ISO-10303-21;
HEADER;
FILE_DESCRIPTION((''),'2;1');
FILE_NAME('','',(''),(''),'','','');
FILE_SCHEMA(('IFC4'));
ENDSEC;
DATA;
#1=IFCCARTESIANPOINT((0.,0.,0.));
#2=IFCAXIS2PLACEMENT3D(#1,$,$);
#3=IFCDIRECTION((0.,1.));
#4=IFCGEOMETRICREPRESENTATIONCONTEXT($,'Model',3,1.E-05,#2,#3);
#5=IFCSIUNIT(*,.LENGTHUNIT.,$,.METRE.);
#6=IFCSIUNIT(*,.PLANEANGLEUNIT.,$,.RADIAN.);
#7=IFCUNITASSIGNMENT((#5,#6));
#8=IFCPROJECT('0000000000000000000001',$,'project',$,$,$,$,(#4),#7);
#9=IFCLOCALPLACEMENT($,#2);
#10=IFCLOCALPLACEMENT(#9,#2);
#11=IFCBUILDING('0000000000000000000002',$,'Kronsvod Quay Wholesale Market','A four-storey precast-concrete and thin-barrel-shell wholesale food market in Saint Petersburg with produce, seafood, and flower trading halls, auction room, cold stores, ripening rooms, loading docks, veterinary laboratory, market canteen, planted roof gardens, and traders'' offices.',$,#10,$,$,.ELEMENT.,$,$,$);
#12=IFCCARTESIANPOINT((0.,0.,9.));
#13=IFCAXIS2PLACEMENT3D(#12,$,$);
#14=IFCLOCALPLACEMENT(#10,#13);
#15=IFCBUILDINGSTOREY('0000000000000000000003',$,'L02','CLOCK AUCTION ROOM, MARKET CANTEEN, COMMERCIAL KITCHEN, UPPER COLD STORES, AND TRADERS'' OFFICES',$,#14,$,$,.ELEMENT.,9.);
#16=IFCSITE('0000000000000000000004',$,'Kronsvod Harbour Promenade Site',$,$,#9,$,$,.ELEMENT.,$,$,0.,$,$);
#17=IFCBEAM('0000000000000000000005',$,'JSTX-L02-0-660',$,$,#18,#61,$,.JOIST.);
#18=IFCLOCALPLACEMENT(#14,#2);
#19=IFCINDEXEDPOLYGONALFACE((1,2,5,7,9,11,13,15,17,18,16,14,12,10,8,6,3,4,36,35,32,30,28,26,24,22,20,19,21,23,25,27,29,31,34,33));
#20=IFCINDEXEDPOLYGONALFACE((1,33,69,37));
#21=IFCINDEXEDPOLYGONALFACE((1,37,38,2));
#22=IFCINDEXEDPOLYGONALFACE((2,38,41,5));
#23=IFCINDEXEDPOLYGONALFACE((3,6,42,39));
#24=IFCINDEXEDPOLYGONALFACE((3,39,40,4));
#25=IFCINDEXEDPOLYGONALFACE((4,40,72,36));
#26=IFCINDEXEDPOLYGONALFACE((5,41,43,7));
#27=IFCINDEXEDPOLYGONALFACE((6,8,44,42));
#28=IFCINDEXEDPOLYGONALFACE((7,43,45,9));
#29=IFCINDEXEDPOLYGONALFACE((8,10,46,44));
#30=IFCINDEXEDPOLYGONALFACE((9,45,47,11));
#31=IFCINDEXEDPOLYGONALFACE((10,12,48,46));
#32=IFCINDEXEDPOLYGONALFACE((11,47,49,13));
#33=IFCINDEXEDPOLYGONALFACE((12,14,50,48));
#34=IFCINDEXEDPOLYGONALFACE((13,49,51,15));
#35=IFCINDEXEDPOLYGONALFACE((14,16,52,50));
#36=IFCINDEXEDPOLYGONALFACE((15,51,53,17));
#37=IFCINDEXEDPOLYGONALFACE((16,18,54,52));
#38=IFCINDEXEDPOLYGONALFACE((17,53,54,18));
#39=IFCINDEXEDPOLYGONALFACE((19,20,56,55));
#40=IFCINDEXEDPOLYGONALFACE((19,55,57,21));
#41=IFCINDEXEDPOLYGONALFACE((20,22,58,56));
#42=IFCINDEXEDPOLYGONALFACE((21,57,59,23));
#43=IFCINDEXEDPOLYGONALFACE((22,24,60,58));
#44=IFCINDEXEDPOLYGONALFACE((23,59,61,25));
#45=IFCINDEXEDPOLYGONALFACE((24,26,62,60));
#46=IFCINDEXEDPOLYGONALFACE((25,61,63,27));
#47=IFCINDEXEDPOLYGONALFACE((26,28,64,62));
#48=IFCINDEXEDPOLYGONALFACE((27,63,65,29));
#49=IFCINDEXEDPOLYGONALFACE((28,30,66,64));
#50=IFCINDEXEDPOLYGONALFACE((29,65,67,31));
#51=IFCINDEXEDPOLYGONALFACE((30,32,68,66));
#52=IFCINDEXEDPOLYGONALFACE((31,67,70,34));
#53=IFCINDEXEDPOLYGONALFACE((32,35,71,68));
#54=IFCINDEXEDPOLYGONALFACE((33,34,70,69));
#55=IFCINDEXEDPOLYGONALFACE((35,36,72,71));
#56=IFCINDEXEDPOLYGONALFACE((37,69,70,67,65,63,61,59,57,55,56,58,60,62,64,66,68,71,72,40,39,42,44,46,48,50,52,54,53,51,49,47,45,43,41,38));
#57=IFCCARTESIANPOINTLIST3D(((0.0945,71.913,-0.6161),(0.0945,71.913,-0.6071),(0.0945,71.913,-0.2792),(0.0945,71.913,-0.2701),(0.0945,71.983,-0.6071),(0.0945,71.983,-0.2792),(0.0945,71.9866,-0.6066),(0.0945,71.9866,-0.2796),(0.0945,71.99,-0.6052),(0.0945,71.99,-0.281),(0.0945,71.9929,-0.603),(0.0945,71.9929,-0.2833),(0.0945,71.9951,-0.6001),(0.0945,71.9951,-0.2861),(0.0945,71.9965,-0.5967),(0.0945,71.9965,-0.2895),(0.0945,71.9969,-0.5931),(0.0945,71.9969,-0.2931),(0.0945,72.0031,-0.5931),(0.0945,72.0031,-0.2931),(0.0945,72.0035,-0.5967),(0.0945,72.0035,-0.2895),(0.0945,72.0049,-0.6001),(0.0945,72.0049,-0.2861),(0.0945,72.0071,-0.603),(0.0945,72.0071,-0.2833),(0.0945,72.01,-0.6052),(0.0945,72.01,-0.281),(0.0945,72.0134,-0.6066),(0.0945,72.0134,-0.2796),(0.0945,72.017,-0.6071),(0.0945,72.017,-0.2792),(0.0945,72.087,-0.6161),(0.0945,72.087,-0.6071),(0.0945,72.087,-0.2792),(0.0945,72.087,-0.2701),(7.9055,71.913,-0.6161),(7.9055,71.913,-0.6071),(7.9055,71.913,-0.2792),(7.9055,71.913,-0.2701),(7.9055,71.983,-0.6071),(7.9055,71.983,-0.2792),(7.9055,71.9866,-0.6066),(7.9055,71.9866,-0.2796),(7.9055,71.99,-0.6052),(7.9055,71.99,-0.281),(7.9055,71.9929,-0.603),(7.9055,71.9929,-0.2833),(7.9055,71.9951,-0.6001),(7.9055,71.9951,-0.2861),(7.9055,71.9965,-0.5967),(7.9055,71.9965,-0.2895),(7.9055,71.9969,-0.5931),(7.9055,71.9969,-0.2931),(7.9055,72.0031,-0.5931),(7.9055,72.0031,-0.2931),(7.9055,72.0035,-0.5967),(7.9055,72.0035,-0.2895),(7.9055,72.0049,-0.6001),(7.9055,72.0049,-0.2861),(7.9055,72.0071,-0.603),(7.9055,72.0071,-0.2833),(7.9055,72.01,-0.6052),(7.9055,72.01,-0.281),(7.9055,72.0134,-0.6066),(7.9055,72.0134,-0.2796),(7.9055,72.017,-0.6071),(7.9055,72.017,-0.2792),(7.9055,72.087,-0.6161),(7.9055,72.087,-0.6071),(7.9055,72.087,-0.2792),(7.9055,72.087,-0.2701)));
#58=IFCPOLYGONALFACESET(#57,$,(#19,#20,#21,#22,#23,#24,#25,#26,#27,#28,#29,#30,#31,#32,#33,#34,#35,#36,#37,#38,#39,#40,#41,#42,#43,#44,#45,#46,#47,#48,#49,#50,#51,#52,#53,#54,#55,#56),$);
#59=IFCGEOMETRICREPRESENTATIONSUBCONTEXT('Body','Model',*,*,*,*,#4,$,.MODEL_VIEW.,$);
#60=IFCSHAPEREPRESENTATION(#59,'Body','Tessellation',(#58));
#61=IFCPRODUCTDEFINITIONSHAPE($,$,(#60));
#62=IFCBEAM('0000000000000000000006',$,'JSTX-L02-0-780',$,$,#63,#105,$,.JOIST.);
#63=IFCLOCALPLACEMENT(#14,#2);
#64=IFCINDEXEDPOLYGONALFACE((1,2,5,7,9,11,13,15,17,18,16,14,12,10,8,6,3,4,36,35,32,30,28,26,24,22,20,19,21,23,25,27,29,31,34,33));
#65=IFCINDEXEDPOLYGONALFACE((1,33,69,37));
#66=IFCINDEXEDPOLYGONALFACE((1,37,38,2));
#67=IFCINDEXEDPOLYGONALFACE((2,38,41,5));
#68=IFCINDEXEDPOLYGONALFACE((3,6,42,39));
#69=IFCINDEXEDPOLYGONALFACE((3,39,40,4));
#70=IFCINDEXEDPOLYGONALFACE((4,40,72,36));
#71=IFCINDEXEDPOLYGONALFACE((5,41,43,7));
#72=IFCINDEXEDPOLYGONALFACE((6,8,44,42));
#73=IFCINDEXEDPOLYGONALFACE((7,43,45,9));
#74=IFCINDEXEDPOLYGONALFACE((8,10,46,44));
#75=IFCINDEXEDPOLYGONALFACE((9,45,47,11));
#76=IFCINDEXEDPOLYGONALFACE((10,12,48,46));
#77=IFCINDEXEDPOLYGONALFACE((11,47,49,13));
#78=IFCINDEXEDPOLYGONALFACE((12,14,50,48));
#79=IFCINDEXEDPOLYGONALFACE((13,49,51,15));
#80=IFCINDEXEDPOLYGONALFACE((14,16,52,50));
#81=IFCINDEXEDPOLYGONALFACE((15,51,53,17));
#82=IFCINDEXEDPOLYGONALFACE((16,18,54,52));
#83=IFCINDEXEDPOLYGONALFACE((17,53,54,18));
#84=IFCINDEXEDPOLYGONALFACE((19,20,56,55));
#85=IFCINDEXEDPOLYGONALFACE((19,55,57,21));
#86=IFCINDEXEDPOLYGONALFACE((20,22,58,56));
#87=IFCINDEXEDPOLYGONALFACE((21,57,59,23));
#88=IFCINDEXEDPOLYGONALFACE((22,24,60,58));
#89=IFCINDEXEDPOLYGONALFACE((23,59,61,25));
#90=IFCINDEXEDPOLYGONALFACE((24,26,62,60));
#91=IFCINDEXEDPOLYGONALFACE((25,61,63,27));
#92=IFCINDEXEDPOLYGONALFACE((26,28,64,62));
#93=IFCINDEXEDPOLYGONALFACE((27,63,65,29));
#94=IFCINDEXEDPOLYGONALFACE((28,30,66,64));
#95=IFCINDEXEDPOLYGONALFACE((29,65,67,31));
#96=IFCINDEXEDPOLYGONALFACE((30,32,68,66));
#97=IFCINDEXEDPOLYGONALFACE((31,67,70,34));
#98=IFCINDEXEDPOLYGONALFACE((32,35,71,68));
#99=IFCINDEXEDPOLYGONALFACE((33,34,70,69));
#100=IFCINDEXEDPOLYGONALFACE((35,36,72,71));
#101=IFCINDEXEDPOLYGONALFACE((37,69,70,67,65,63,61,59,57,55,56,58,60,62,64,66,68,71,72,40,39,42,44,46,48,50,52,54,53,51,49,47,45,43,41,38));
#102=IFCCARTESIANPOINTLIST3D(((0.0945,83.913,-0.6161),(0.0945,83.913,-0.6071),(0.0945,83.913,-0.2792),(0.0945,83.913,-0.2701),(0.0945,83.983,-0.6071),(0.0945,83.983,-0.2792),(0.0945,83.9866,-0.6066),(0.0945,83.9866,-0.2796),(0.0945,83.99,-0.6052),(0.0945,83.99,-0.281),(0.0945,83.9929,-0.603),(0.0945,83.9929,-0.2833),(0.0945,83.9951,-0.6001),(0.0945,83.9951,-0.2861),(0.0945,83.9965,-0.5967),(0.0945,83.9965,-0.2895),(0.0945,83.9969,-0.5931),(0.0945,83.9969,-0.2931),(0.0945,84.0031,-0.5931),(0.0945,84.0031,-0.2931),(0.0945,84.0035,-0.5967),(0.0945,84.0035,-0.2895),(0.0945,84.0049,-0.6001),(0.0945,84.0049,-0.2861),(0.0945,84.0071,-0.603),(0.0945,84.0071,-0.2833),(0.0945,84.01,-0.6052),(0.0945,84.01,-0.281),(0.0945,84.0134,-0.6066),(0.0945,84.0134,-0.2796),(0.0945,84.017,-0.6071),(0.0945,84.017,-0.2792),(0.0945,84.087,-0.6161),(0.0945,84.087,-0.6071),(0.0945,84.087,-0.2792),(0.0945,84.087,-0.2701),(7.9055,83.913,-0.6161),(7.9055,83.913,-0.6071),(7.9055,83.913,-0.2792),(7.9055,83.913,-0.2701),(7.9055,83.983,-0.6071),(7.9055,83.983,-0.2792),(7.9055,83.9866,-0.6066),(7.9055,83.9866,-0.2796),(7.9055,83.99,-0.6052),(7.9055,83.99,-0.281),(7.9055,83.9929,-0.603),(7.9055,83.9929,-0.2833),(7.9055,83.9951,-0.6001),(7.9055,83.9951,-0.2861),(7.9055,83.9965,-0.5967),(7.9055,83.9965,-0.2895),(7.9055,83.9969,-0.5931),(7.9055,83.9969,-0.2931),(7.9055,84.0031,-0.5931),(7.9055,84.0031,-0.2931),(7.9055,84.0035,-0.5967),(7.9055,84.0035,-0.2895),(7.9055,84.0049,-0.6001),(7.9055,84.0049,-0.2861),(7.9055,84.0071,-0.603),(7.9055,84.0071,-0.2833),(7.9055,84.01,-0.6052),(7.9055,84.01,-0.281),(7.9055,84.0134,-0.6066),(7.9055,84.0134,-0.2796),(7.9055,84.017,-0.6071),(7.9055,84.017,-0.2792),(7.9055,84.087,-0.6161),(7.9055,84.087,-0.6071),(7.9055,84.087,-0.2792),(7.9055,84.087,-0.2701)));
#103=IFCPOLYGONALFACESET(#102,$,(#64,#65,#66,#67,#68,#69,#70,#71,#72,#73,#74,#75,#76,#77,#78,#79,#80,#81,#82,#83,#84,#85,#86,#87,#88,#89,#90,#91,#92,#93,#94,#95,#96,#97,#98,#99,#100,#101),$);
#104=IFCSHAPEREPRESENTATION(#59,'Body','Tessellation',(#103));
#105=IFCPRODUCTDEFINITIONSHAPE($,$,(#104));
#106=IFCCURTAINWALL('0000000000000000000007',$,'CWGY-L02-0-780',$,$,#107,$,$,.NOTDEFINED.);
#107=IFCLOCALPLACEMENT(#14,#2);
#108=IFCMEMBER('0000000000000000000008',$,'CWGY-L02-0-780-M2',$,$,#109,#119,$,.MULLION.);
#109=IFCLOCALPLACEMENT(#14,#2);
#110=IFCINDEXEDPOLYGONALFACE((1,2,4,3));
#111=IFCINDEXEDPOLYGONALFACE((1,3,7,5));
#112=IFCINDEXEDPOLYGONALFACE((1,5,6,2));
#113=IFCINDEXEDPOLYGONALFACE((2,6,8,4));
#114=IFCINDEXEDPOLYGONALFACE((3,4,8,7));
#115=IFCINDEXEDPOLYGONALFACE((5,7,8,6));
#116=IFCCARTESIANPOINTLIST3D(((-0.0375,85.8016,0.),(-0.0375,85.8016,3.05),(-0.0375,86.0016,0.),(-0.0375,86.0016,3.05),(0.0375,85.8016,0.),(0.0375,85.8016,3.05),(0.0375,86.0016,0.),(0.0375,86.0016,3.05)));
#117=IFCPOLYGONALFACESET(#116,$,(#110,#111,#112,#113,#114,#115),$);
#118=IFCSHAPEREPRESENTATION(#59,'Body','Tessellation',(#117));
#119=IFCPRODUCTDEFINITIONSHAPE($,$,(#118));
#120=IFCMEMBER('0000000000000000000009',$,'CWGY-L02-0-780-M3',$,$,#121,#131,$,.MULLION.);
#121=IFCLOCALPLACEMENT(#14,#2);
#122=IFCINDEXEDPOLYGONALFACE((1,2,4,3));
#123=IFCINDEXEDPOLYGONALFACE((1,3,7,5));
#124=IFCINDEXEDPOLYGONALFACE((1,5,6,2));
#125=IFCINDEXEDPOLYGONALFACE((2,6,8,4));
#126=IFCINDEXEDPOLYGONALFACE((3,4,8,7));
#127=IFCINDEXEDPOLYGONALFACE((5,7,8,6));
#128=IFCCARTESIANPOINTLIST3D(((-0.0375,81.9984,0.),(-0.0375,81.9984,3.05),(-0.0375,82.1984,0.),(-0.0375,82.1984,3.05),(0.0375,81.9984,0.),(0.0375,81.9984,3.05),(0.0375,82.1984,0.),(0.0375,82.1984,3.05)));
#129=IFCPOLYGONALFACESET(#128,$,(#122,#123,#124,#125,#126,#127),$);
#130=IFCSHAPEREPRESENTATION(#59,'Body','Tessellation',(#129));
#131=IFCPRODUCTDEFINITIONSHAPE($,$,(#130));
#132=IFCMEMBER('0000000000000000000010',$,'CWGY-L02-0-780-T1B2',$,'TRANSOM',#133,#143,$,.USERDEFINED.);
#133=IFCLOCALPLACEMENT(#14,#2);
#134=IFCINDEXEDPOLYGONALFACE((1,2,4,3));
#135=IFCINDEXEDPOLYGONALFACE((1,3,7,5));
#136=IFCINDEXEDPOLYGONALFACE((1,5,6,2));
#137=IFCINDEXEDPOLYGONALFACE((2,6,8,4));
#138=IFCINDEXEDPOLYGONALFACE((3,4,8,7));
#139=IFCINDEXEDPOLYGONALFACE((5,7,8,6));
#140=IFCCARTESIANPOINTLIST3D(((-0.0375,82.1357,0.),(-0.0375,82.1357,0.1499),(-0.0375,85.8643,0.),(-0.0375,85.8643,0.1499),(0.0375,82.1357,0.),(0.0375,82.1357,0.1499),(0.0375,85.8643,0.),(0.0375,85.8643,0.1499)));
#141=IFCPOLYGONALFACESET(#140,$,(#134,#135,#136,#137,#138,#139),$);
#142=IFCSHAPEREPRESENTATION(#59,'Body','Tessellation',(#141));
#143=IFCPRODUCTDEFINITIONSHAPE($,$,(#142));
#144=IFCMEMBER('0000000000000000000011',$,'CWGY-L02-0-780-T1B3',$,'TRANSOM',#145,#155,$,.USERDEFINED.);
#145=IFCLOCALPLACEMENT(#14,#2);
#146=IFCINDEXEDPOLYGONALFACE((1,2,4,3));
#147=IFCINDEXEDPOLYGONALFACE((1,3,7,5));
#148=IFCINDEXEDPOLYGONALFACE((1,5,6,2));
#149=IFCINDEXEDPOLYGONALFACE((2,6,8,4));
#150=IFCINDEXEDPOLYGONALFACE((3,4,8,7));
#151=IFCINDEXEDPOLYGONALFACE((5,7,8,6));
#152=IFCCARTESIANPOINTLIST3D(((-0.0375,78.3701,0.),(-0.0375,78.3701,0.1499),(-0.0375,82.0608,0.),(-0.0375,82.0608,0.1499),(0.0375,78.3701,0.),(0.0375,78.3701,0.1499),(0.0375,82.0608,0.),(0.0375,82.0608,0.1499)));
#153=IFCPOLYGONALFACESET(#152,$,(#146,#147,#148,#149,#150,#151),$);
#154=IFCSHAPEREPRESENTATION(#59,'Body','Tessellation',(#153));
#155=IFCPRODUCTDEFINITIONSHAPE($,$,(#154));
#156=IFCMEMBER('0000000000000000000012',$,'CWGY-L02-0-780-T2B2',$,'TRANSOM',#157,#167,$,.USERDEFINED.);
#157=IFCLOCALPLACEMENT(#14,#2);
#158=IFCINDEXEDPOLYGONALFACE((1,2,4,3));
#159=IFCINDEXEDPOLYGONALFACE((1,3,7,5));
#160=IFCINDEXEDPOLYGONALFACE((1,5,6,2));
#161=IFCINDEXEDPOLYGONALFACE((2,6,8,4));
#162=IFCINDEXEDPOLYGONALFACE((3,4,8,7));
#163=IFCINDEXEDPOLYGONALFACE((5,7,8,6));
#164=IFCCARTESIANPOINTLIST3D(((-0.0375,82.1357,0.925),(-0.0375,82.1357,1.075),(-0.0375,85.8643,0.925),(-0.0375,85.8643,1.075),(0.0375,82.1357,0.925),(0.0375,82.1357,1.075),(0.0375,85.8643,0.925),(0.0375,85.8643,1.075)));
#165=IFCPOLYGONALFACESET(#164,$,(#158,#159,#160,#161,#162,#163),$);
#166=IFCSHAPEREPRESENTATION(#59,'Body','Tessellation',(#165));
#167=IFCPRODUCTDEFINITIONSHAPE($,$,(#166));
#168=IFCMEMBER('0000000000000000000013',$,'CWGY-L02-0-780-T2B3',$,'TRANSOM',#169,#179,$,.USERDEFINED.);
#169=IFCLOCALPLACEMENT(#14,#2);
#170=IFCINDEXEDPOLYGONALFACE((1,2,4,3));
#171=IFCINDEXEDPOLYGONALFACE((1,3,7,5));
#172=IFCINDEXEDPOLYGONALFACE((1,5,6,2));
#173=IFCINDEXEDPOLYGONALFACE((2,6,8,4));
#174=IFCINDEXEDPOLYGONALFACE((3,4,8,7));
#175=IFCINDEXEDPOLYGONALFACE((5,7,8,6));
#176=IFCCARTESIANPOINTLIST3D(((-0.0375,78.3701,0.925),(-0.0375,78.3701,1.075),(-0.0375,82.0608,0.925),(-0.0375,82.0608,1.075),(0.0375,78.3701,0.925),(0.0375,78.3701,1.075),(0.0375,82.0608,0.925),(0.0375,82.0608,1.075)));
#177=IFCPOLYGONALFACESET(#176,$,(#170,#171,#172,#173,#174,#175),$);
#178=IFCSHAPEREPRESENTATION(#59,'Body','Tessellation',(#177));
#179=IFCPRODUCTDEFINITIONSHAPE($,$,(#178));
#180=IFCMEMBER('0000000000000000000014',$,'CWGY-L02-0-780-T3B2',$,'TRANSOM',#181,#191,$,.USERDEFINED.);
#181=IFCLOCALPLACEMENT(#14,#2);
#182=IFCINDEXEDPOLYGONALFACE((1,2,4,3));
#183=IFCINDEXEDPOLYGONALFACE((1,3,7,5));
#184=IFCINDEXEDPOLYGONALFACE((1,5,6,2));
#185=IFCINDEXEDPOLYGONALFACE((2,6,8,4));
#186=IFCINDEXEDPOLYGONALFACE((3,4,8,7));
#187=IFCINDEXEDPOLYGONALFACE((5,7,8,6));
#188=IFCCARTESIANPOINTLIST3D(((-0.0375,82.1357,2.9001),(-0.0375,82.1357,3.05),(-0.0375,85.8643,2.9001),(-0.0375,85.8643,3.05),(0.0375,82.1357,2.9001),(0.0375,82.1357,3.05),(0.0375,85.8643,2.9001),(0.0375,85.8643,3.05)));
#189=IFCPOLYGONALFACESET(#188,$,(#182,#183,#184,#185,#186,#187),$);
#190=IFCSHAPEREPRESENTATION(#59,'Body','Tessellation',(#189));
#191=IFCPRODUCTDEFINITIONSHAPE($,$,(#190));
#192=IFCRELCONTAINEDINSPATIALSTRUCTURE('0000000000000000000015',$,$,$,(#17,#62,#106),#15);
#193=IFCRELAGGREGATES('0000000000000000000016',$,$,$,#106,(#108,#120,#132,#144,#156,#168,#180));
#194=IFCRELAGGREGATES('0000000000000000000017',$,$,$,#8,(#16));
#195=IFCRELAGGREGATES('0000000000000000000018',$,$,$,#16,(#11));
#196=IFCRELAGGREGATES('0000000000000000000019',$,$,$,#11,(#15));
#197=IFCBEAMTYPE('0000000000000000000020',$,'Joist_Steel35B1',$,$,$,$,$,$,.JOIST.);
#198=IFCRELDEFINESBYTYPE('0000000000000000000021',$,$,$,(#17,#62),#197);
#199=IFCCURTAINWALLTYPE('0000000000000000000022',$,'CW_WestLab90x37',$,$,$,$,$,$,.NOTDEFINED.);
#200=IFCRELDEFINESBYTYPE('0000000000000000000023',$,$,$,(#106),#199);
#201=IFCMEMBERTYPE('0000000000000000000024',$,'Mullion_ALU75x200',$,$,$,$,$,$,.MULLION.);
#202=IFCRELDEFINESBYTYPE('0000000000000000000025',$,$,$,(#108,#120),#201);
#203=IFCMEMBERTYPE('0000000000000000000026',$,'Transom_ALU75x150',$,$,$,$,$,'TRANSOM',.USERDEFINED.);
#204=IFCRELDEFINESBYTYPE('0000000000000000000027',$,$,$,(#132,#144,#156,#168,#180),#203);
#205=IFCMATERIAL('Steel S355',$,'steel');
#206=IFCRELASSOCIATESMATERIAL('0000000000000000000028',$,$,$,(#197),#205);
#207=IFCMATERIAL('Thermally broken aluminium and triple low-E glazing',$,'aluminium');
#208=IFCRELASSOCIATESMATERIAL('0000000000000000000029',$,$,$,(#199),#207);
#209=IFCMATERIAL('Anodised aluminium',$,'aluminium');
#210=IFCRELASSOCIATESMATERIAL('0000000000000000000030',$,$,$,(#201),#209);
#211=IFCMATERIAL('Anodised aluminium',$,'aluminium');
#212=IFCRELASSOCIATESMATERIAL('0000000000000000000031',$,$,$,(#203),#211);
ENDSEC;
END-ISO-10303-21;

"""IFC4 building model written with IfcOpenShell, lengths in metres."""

from ifc_helpers import new_model, si_unit, direction, frame, origin, origin_2d, place, context, subcontext, project, spatial, rectangle, i_section, extrude, material, material_profile, profile_set, type_object, element, aggregate, save


model = new_model("IFC4")

# Units and contexts
model_context = context("Model", 3, precision=1e-05, world=origin(), true_north=direction((0.0, 1.0)))
body_context = subcontext(model_context, "Body", "Model", "MODEL_VIEW")
ifc_project = project(units=[si_unit("LENGTHUNIT", "METRE"), si_unit("PLANEANGLEUNIT", "RADIAN")], contexts=[model_context])

# Site, building, storey
site_placement = place(None, origin())
site = spatial("IfcSite", under=ifc_project, at=site_placement, Name="Kronsvod Harbour Promenade Site", CompositionType="ELEMENT", RefElevation=0.0)
building_placement = place(site_placement, origin())
building = spatial("IfcBuilding", under=site, at=building_placement, Name="Kronsvod Quay Wholesale Market", Description="A four-storey precast-concrete and thin-barrel-shell wholesale food market in Saint Petersburg with produce, seafood, and flower trading halls, auction room, cold stores, ripening rooms, loading docks, veterinary laboratory, market canteen, planted roof gardens, and traders' offices.", CompositionType="ELEMENT")
storey_placement = place(building_placement, frame((0.0, 0.0, 9.0)))
storey = spatial("IfcBuildingStorey", under=building, at=storey_placement, Name="L02", Description="CLOCK AUCTION ROOM, MARKET CANTEEN, COMMERCIAL KITCHEN, UPPER COLD STORES, AND TRADERS' OFFICES", CompositionType="ELEMENT", Elevation=9.0)

# Beams
ifc_material_1 = material(Name="Steel S355", Category="steel")
ifc_material_profile_1 = material_profile(ifc_material_1, i_section(OverallWidth=0.1741, OverallDepth=0.3459, WebThickness=0.0061, FlangeThickness=0.009, FilletRadius=0.0139, at=origin_2d()), Name="35B1")
ifc_profile_set_1 = profile_set([ifc_material_profile_1], Name="Steel S355")
beam_type_1 = type_object("IfcBeamType", Name="Joist_Steel35B1", PredefinedType="JOIST", material=ifc_profile_set_1)
for number, where, z_axis, x_axis, name in (
    (1, (0.0945, 72.0, -0.4431), (1.0, 0.0, 0.0), (0.0, 1.0, 0.0), "JSTX-L02-0-660"),
    (2, (0.0945, 84.0, -0.4431), (1.0, 0.0, 0.0), (0.0, 1.0, 0.0), "JSTX-L02-0-780"),
):
    element("IfcBeam", number, at=place(storey_placement, frame(where, z_axis=z_axis, x_axis=x_axis)), inside=storey, type_object=beam_type_1, Name=name, PredefinedType="JOIST", context=body_context, shape_type="SweptSolid", body=[
        extrude(i_section(OverallWidth=0.1741, OverallDepth=0.3459, WebThickness=0.0061, FlangeThickness=0.009, FilletRadius=0.0139, at=origin_2d()), origin(), (0.0, 0.0, 1.0), 7.811),
    ])

# Curtain wall, members
ifc_material_2 = material(Name="Thermally broken aluminium and triple low-E glazing", Category="aluminium")
curtain_wall_type = type_object("IfcCurtainWallType", Name="CW_WestLab90x37", PredefinedType="NOTDEFINED", material=ifc_material_2)
curtain_wall_placement = place(storey_placement, origin())
curtain_wall = element("IfcCurtainWall", 3, at=curtain_wall_placement, inside=storey, type_object=curtain_wall_type, Name="CWGY-L02-0-780", PredefinedType="NOTDEFINED")
ifc_material_3 = material(Name="Anodised aluminium", Category="aluminium")
ifc_material_profile_2 = material_profile(ifc_material_3, rectangle(XDim=0.075, YDim=0.2, at=origin_2d()), Name="ALUM75x200")
ifc_profile_set_2 = profile_set([ifc_material_profile_2], Name="Anodised aluminium")
member_type_1 = type_object("IfcMemberType", Name="Mullion_ALU75x200", PredefinedType="MULLION", material=ifc_profile_set_2)
member_1_placement = place(storey_placement, frame((0.0, 85.9016, 0.0), z_axis=(0.0, 0.0, 1.0), x_axis=(1.0, 0.0, 0.0)))
member_1 = element("IfcMember", 4, at=member_1_placement, type_object=member_type_1, Name="CWGY-L02-0-780-M2", PredefinedType="MULLION", context=body_context, shape_type="SweptSolid", body=[
    extrude(rectangle(XDim=0.075, YDim=0.2, at=origin_2d()), origin(), (0.0, 0.0, 1.0), 3.05),
])
member_2_placement = place(storey_placement, frame((0.0, 82.0984, 0.0), z_axis=(0.0, 0.0, 1.0), x_axis=(1.0, 0.0, 0.0)))
member_2 = element("IfcMember", 5, at=member_2_placement, type_object=member_type_1, Name="CWGY-L02-0-780-M3", PredefinedType="MULLION", context=body_context, shape_type="SweptSolid", body=[
    extrude(rectangle(XDim=0.075, YDim=0.2, at=origin_2d()), origin(), (0.0, 0.0, 1.0), 3.05),
])
ifc_material_4 = material(Name="Anodised aluminium", Category="aluminium")
ifc_material_profile_3 = material_profile(ifc_material_4, rectangle(XDim=0.075, YDim=0.1499, at=origin_2d()), Name="ALUT75x150")
ifc_profile_set_3 = profile_set([ifc_material_profile_3], Name="Anodised aluminium")
member_type_2 = type_object("IfcMemberType", Name="Transom_ALU75x150", ElementType="TRANSOM", PredefinedType="USERDEFINED", material=ifc_profile_set_3)
member_3_placement = place(storey_placement, frame((0.0, 85.8643, 0.075), z_axis=(0.0, -1.0, 0.0), x_axis=(1.0, 0.0, 0.0)))
member_3 = element("IfcMember", 6, at=member_3_placement, type_object=member_type_2, Name="CWGY-L02-0-780-T1B2", ObjectType="TRANSOM", PredefinedType="USERDEFINED", context=body_context, shape_type="SweptSolid", body=[
    extrude(rectangle(XDim=0.075, YDim=0.1499, at=origin_2d()), origin(), (0.0, 0.0, 1.0), 3.7285),
])
member_4_placement = place(storey_placement, frame((0.0, 82.0608, 0.075), z_axis=(0.0, -1.0, 0.0), x_axis=(1.0, 0.0, 0.0)))
member_4 = element("IfcMember", 7, at=member_4_placement, type_object=member_type_2, Name="CWGY-L02-0-780-T1B3", ObjectType="TRANSOM", PredefinedType="USERDEFINED", context=body_context, shape_type="SweptSolid", body=[
    extrude(rectangle(XDim=0.075, YDim=0.1499, at=origin_2d()), origin(), (0.0, 0.0, 1.0), 3.6907),
])
member_5_placement = place(storey_placement, frame((0.0, 85.8643, 1.0), z_axis=(0.0, -1.0, 0.0), x_axis=(1.0, 0.0, 0.0)))
member_5 = element("IfcMember", 8, at=member_5_placement, type_object=member_type_2, Name="CWGY-L02-0-780-T2B2", ObjectType="TRANSOM", PredefinedType="USERDEFINED", context=body_context, shape_type="SweptSolid", body=[
    extrude(rectangle(XDim=0.075, YDim=0.1499, at=origin_2d()), origin(), (0.0, 0.0, 1.0), 3.7285),
])
member_6_placement = place(storey_placement, frame((0.0, 82.0608, 1.0), z_axis=(0.0, -1.0, 0.0), x_axis=(1.0, 0.0, 0.0)))
member_6 = element("IfcMember", 9, at=member_6_placement, type_object=member_type_2, Name="CWGY-L02-0-780-T2B3", ObjectType="TRANSOM", PredefinedType="USERDEFINED", context=body_context, shape_type="SweptSolid", body=[
    extrude(rectangle(XDim=0.075, YDim=0.1499, at=origin_2d()), origin(), (0.0, 0.0, 1.0), 3.6907),
])
member_7_placement = place(storey_placement, frame((0.0, 85.8643, 2.9751), z_axis=(0.0, -1.0, 0.0), x_axis=(1.0, 0.0, 0.0)))
member_7 = element("IfcMember", 10, at=member_7_placement, type_object=member_type_2, Name="CWGY-L02-0-780-T3B2", ObjectType="TRANSOM", PredefinedType="USERDEFINED", context=body_context, shape_type="SweptSolid", body=[
    extrude(rectangle(XDim=0.075, YDim=0.1499, at=origin_2d()), origin(), (0.0, 0.0, 1.0), 3.7285),
])
aggregate(curtain_wall, [member_1, member_2, member_3, member_4, member_5, member_6, member_7])

save(model, "model.ifc")
